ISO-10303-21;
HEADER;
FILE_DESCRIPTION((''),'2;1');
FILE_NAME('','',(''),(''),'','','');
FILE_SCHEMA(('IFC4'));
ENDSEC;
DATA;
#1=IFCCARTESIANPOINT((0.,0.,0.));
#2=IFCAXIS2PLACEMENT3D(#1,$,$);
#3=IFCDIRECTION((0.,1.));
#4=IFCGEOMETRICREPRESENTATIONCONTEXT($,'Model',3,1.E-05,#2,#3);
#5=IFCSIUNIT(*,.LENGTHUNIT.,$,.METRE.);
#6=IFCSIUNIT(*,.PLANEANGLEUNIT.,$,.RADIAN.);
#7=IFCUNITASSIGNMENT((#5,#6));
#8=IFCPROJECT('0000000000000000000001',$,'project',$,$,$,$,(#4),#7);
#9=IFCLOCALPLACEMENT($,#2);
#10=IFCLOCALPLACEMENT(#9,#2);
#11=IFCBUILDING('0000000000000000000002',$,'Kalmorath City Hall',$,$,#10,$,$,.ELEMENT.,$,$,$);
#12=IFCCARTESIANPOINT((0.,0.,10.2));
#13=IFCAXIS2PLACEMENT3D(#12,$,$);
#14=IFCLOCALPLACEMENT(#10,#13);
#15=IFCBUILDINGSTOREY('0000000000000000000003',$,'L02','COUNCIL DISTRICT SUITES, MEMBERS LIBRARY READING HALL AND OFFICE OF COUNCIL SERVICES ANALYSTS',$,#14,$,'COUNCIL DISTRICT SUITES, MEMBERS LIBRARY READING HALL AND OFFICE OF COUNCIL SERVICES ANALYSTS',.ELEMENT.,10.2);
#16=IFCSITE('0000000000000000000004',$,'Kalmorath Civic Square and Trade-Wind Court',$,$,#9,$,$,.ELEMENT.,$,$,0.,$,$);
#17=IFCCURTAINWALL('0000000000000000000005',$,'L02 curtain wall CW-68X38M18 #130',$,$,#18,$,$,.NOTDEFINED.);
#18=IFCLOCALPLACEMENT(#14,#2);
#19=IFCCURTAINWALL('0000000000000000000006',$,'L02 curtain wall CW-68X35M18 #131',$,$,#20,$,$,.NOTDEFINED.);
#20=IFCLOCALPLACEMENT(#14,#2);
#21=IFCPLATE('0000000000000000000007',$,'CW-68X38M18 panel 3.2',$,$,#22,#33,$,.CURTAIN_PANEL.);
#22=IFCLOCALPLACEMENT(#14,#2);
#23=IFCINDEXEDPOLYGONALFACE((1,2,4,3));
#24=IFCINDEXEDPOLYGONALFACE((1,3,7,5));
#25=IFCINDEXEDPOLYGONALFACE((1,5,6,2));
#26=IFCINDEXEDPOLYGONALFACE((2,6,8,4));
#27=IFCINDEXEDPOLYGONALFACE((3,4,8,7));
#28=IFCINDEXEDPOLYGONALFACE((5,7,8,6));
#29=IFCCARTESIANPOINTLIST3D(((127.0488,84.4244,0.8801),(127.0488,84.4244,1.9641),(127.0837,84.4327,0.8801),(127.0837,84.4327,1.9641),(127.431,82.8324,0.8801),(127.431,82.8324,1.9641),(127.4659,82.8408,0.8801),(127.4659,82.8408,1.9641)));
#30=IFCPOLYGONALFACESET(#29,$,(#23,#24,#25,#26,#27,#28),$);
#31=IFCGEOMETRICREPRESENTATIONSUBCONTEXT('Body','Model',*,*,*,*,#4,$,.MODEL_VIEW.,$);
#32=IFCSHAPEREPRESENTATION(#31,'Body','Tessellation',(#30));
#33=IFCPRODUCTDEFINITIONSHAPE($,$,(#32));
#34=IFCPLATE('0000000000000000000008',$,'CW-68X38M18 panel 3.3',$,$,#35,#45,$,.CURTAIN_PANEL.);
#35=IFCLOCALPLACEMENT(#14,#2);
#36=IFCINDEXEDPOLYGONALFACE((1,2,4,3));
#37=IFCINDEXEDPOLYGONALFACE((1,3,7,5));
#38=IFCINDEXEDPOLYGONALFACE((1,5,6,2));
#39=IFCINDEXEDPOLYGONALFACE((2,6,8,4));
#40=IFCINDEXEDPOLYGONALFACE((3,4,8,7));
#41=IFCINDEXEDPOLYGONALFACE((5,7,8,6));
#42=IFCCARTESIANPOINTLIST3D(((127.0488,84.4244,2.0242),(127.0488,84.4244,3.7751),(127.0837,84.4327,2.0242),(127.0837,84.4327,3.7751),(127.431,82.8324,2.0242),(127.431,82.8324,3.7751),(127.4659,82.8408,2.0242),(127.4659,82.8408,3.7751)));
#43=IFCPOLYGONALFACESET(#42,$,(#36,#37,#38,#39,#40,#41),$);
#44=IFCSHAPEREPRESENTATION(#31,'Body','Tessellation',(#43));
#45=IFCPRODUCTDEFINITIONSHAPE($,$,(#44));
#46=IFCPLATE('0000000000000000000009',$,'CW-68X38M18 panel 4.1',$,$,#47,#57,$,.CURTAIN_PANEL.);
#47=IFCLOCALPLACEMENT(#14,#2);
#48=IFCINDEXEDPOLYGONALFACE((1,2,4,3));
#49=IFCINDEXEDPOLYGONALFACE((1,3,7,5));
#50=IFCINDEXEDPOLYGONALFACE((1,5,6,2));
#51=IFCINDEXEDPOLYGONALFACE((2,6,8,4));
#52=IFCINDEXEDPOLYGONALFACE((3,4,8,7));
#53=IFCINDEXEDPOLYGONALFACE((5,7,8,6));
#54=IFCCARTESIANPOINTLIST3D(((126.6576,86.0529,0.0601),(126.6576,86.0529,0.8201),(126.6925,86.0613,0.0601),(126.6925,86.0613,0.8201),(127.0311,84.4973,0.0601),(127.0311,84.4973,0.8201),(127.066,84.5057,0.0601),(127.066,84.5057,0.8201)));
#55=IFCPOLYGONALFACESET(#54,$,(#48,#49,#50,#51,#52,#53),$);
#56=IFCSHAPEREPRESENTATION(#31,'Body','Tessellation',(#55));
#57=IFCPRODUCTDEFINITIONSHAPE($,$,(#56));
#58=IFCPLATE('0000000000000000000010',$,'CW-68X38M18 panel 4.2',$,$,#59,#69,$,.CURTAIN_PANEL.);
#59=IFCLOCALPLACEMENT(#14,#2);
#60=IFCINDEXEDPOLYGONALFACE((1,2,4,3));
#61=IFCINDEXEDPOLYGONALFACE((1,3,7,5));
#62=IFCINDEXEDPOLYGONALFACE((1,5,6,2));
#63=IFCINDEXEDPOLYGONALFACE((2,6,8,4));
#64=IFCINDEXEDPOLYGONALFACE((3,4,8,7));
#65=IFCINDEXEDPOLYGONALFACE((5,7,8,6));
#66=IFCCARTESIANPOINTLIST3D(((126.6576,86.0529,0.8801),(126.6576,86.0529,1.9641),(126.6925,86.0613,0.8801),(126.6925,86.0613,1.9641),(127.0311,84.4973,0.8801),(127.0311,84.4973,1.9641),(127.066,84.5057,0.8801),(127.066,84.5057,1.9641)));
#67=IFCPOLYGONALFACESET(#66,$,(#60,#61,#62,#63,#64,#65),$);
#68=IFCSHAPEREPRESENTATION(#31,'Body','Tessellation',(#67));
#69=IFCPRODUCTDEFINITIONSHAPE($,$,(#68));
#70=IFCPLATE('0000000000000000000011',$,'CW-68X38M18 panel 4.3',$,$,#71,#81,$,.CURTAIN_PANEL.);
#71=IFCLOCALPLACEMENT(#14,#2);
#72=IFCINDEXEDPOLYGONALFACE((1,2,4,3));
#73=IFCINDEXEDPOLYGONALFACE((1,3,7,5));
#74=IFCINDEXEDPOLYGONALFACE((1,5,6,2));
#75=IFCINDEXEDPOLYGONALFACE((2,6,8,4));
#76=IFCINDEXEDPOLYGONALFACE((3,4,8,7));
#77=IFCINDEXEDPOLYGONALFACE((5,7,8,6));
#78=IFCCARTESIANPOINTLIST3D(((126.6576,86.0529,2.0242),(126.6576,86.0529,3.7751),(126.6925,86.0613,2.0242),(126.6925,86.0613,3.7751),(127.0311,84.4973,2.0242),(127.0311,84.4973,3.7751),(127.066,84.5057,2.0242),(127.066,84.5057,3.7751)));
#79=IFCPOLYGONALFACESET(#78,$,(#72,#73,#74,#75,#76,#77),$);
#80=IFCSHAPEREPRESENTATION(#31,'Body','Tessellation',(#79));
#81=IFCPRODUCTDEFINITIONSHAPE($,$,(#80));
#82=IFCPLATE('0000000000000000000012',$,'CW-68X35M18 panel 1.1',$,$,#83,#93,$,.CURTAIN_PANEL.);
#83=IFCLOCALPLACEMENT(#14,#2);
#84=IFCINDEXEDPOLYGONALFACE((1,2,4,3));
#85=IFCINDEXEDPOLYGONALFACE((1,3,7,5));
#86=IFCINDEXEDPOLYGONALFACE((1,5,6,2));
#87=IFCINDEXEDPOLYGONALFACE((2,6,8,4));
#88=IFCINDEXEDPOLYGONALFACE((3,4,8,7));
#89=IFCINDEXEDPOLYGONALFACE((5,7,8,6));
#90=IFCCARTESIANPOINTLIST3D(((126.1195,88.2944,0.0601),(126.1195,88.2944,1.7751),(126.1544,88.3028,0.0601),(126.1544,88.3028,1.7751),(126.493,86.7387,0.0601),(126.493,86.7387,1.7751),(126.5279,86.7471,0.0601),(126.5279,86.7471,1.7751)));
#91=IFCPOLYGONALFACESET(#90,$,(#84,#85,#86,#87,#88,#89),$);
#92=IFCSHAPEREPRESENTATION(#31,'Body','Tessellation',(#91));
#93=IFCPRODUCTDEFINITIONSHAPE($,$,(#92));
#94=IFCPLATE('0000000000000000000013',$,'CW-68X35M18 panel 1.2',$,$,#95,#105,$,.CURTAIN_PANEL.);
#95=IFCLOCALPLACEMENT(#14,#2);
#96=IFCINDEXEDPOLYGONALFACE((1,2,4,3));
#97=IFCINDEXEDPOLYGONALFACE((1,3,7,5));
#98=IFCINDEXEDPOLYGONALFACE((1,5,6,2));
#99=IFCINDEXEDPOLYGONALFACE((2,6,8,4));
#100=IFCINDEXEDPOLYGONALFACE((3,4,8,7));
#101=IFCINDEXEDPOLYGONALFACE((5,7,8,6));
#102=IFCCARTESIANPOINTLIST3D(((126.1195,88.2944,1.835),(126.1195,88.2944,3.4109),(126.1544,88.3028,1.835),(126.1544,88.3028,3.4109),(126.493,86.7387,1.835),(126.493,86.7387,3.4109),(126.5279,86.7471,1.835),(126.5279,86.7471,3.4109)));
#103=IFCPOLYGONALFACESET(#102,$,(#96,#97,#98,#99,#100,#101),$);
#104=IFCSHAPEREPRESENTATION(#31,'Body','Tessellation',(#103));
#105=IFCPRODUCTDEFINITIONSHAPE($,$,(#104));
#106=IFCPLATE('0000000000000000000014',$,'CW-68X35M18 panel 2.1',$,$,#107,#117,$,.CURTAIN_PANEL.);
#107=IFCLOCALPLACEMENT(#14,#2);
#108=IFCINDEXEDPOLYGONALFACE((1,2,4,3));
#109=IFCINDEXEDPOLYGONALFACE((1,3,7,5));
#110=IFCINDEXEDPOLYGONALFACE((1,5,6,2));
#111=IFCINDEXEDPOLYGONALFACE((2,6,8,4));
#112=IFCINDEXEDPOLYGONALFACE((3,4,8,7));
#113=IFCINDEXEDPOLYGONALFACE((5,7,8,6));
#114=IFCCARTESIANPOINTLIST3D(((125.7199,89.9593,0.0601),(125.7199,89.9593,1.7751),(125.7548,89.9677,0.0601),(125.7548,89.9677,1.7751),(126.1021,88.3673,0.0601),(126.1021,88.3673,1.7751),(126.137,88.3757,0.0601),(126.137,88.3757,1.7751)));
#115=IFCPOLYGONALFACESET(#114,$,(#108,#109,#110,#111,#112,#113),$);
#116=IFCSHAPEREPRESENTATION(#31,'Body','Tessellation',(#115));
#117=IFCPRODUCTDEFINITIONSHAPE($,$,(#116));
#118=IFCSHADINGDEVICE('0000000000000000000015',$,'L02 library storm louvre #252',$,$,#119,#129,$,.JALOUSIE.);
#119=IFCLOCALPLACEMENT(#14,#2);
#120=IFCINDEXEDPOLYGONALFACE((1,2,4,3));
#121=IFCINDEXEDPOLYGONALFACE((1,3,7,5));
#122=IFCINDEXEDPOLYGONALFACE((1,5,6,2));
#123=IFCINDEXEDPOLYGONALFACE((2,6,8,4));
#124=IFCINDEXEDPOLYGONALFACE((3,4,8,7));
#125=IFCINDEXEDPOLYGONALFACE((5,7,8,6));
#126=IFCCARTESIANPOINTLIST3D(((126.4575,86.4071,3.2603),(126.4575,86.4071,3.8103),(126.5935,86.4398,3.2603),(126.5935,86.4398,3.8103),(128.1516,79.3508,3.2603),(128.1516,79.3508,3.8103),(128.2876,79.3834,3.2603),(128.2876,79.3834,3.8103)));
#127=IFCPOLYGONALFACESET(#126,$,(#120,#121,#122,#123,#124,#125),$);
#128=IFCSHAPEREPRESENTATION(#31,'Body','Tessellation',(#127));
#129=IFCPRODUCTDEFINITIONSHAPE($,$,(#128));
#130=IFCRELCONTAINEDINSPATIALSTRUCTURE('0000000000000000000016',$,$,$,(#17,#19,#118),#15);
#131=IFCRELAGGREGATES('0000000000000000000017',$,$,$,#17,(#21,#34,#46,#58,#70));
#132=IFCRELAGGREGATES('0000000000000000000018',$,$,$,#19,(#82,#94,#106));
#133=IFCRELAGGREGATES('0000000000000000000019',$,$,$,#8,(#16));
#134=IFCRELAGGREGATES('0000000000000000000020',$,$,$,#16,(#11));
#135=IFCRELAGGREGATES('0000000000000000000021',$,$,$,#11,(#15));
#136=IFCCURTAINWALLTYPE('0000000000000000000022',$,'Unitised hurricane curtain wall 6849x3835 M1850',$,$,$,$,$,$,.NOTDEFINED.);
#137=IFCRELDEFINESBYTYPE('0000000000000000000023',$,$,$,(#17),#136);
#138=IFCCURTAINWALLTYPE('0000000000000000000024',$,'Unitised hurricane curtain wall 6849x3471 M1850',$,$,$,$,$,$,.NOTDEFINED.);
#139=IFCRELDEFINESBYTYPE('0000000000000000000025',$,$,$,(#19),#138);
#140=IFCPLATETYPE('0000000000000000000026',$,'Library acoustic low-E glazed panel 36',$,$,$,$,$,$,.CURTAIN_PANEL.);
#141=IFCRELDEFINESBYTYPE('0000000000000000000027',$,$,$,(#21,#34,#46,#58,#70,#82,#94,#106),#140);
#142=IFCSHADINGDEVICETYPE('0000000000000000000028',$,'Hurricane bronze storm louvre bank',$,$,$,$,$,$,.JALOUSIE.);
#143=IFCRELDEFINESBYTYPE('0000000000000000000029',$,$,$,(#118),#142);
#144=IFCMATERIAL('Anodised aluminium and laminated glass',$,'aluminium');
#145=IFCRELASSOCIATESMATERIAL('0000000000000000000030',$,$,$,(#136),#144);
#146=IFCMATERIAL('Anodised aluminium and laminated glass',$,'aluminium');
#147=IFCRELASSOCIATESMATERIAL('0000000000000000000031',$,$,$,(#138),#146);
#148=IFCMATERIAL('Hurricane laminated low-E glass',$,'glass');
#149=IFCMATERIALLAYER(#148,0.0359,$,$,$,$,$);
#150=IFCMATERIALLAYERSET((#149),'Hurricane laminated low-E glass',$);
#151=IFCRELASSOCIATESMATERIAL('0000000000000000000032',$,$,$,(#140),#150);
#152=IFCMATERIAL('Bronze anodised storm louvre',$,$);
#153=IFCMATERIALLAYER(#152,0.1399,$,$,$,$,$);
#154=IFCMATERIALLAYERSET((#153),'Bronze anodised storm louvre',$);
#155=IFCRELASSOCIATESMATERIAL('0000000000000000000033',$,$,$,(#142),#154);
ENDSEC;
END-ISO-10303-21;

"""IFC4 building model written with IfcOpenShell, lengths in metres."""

from ifc_helpers import new_model, si_unit, direction, frame, origin, origin_2d, place, context, subcontext, project, spatial, rectangle, extrude, material, layer, layer_set, type_object, element, aggregate, save


model = new_model("IFC4")

# Units and contexts
model_context = context("Model", 3, precision=1e-05, world=origin(), true_north=direction((0.0, 1.0)))
body_context = subcontext(model_context, "Body", "Model", "MODEL_VIEW")
ifc_project = project(units=[si_unit("LENGTHUNIT", "METRE"), si_unit("PLANEANGLEUNIT", "RADIAN")], contexts=[model_context])

# Site, building, storey
site_placement = place(None, origin())
site = spatial("IfcSite", under=ifc_project, at=site_placement, Name="Kalmorath Civic Square and Trade-Wind Court", CompositionType="ELEMENT", RefElevation=0.0)
building_placement = place(site_placement, origin())
building = spatial("IfcBuilding", under=site, at=building_placement, Name="Kalmorath City Hall", CompositionType="ELEMENT")
storey_placement = place(building_placement, frame((0.0, 0.0, 10.2)))
storey = spatial("IfcBuildingStorey", under=building, at=storey_placement, Name="L02", Description="COUNCIL DISTRICT SUITES, MEMBERS LIBRARY READING HALL AND OFFICE OF COUNCIL SERVICES ANALYSTS", LongName="COUNCIL DISTRICT SUITES, MEMBERS LIBRARY READING HALL AND OFFICE OF COUNCIL SERVICES ANALYSTS", CompositionType="ELEMENT", Elevation=10.2)

# Curtain walls
ifc_material_1 = material(Name="Anodised aluminium and laminated glass", Category="aluminium")
curtain_wall_type_1 = type_object("IfcCurtainWallType", Name="Unitised hurricane curtain wall 6849x3835 M1850", PredefinedType="NOTDEFINED", material=ifc_material_1)
curtain_wall_1_placement = place(storey_placement, origin())
curtain_wall_1 = element("IfcCurtainWall", 1, at=curtain_wall_1_placement, inside=storey, type_object=curtain_wall_type_1, Name="L02 curtain wall CW-68X38M18 #130", PredefinedType="NOTDEFINED")
ifc_material_2 = material(Name="Anodised aluminium and laminated glass", Category="aluminium")
curtain_wall_type_2 = type_object("IfcCurtainWallType", Name="Unitised hurricane curtain wall 6849x3471 M1850", PredefinedType="NOTDEFINED", material=ifc_material_2)
curtain_wall_2_placement = place(storey_placement, origin())
curtain_wall_2 = element("IfcCurtainWall", 2, at=curtain_wall_2_placement, inside=storey, type_object=curtain_wall_type_2, Name="L02 curtain wall CW-68X35M18 #131", PredefinedType="NOTDEFINED")

# Plates
ifc_material_3 = material(Name="Hurricane laminated low-E glass", Category="glass")
ifc_layer_1 = layer(ifc_material_3, 0.0359)
ifc_layer_set_1 = layer_set([ifc_layer_1], Name="Hurricane laminated low-E glass")
plate_type = type_object("IfcPlateType", Name="Library acoustic low-E glazed panel 36", PredefinedType="CURTAIN_PANEL", material=ifc_layer_set_1)
plate_1_placement = place(storey_placement, frame((127.2573, 83.6326, 0.8801), z_axis=(0.0, 0.0, 1.0), x_axis=(-0.233456, 0.972367, 0.0)))
plate_1 = element("IfcPlate", 3, at=plate_1_placement, type_object=plate_type, Name="CW-68X38M18 panel 3.2", PredefinedType="CURTAIN_PANEL", context=body_context, shape_type="SweptSolid", body=[
    extrude(rectangle(XDim=1.6372, YDim=0.0359, at=origin_2d()), origin(), (0.0, 0.0, 1.0), 1.084),
])
plate_2_placement = place(storey_placement, frame((127.2573, 83.6326, 2.0242), z_axis=(0.0, 0.0, 1.0), x_axis=(-0.233456, 0.972367, 0.0)))
plate_2 = element("IfcPlate", 4, at=plate_2_placement, type_object=plate_type, Name="CW-68X38M18 panel 3.3", PredefinedType="CURTAIN_PANEL", context=body_context, shape_type="SweptSolid", body=[
    extrude(rectangle(XDim=1.6372, YDim=0.0359, at=origin_2d()), origin(), (0.0, 0.0, 1.0), 1.751),
])
plate_3_placement = place(storey_placement, frame((126.8618, 85.2793, 0.0601), z_axis=(0.0, 0.0, 1.0), x_axis=(-0.233456, 0.972367, 0.0)))
plate_3 = element("IfcPlate", 5, at=plate_3_placement, type_object=plate_type, Name="CW-68X38M18 panel 4.1", PredefinedType="CURTAIN_PANEL", context=body_context, shape_type="SweptSolid", body=[
    extrude(rectangle(XDim=1.5999, YDim=0.0359, at=origin_2d()), origin(), (0.0, 0.0, 1.0), 0.76),
])
plate_4_placement = place(storey_placement, frame((126.8618, 85.2793, 0.8801), z_axis=(0.0, 0.0, 1.0), x_axis=(-0.233456, 0.972367, 0.0)))
plate_4 = element("IfcPlate", 6, at=plate_4_placement, type_object=plate_type, Name="CW-68X38M18 panel 4.2", PredefinedType="CURTAIN_PANEL", context=body_context, shape_type="SweptSolid", body=[
    extrude(rectangle(XDim=1.5999, YDim=0.0359, at=origin_2d()), origin(), (0.0, 0.0, 1.0), 1.084),
])
plate_5_placement = place(storey_placement, frame((126.8618, 85.2793, 2.0242), z_axis=(0.0, 0.0, 1.0), x_axis=(-0.233456, 0.972367, 0.0)))
plate_5 = element("IfcPlate", 7, at=plate_5_placement, type_object=plate_type, Name="CW-68X38M18 panel 4.3", PredefinedType="CURTAIN_PANEL", context=body_context, shape_type="SweptSolid", body=[
    extrude(rectangle(XDim=1.5999, YDim=0.0359, at=origin_2d()), origin(), (0.0, 0.0, 1.0), 1.751),
])
aggregate(curtain_wall_1, [plate_1, plate_2, plate_3, plate_4, plate_5])
plate_6_placement = place(storey_placement, frame((126.3237, 87.5208, 0.0601), z_axis=(0.0, 0.0, 1.0), x_axis=(-0.233456, 0.972367, 0.0)))
plate_6 = element("IfcPlate", 8, at=plate_6_placement, type_object=plate_type, Name="CW-68X35M18 panel 1.1", PredefinedType="CURTAIN_PANEL", context=body_context, shape_type="SweptSolid", body=[
    extrude(rectangle(XDim=1.5999, YDim=0.0359, at=origin_2d()), origin(), (0.0, 0.0, 1.0), 1.7151),
])
plate_7_placement = place(storey_placement, frame((126.3237, 87.5208, 1.835), z_axis=(0.0, 0.0, 1.0), x_axis=(-0.233456, 0.972367, 0.0)))
plate_7 = element("IfcPlate", 9, at=plate_7_placement, type_object=plate_type, Name="CW-68X35M18 panel 1.2", PredefinedType="CURTAIN_PANEL", context=body_context, shape_type="SweptSolid", body=[
    extrude(rectangle(XDim=1.5999, YDim=0.0359, at=origin_2d()), origin(), (0.0, 0.0, 1.0), 1.5759),
])
plate_8_placement = place(storey_placement, frame((125.9285, 89.1675, 0.0601), z_axis=(0.0, 0.0, 1.0), x_axis=(-0.233456, 0.972367, 0.0)))
plate_8 = element("IfcPlate", 10, at=plate_8_placement, type_object=plate_type, Name="CW-68X35M18 panel 2.1", PredefinedType="CURTAIN_PANEL", context=body_context, shape_type="SweptSolid", body=[
    extrude(rectangle(XDim=1.6372, YDim=0.0359, at=origin_2d()), origin(), (0.0, 0.0, 1.0), 1.7151),
])
aggregate(curtain_wall_2, [plate_6, plate_7, plate_8])

# Shading device
ifc_material_4 = material(Name="Bronze anodised storm louvre")
ifc_layer_2 = layer(ifc_material_4, 0.1399)
ifc_layer_set_2 = layer_set([ifc_layer_2], Name="Bronze anodised storm louvre")
shading_device_type = type_object("IfcShadingDeviceType", Name="Hurricane bronze storm louvre bank", PredefinedType="JALOUSIE", material=ifc_layer_set_2)
shading_device_placement = place(storey_placement, frame((127.3726, 82.8953, 3.2603), z_axis=(0.0, 0.0, 1.0), x_axis=(-0.233445, 0.97237, 0.0)))
element("IfcShadingDevice", 11, at=shading_device_placement, inside=storey, type_object=shading_device_type, Name="L02 library storm louvre #252", PredefinedType="JALOUSIE", context=body_context, shape_type="SweptSolid", body=[
    extrude(rectangle(XDim=7.2568, YDim=0.1399, at=origin_2d()), origin(), (0.0, 0.0, 1.0), 0.55),
])

save(model, "model.ifc")
